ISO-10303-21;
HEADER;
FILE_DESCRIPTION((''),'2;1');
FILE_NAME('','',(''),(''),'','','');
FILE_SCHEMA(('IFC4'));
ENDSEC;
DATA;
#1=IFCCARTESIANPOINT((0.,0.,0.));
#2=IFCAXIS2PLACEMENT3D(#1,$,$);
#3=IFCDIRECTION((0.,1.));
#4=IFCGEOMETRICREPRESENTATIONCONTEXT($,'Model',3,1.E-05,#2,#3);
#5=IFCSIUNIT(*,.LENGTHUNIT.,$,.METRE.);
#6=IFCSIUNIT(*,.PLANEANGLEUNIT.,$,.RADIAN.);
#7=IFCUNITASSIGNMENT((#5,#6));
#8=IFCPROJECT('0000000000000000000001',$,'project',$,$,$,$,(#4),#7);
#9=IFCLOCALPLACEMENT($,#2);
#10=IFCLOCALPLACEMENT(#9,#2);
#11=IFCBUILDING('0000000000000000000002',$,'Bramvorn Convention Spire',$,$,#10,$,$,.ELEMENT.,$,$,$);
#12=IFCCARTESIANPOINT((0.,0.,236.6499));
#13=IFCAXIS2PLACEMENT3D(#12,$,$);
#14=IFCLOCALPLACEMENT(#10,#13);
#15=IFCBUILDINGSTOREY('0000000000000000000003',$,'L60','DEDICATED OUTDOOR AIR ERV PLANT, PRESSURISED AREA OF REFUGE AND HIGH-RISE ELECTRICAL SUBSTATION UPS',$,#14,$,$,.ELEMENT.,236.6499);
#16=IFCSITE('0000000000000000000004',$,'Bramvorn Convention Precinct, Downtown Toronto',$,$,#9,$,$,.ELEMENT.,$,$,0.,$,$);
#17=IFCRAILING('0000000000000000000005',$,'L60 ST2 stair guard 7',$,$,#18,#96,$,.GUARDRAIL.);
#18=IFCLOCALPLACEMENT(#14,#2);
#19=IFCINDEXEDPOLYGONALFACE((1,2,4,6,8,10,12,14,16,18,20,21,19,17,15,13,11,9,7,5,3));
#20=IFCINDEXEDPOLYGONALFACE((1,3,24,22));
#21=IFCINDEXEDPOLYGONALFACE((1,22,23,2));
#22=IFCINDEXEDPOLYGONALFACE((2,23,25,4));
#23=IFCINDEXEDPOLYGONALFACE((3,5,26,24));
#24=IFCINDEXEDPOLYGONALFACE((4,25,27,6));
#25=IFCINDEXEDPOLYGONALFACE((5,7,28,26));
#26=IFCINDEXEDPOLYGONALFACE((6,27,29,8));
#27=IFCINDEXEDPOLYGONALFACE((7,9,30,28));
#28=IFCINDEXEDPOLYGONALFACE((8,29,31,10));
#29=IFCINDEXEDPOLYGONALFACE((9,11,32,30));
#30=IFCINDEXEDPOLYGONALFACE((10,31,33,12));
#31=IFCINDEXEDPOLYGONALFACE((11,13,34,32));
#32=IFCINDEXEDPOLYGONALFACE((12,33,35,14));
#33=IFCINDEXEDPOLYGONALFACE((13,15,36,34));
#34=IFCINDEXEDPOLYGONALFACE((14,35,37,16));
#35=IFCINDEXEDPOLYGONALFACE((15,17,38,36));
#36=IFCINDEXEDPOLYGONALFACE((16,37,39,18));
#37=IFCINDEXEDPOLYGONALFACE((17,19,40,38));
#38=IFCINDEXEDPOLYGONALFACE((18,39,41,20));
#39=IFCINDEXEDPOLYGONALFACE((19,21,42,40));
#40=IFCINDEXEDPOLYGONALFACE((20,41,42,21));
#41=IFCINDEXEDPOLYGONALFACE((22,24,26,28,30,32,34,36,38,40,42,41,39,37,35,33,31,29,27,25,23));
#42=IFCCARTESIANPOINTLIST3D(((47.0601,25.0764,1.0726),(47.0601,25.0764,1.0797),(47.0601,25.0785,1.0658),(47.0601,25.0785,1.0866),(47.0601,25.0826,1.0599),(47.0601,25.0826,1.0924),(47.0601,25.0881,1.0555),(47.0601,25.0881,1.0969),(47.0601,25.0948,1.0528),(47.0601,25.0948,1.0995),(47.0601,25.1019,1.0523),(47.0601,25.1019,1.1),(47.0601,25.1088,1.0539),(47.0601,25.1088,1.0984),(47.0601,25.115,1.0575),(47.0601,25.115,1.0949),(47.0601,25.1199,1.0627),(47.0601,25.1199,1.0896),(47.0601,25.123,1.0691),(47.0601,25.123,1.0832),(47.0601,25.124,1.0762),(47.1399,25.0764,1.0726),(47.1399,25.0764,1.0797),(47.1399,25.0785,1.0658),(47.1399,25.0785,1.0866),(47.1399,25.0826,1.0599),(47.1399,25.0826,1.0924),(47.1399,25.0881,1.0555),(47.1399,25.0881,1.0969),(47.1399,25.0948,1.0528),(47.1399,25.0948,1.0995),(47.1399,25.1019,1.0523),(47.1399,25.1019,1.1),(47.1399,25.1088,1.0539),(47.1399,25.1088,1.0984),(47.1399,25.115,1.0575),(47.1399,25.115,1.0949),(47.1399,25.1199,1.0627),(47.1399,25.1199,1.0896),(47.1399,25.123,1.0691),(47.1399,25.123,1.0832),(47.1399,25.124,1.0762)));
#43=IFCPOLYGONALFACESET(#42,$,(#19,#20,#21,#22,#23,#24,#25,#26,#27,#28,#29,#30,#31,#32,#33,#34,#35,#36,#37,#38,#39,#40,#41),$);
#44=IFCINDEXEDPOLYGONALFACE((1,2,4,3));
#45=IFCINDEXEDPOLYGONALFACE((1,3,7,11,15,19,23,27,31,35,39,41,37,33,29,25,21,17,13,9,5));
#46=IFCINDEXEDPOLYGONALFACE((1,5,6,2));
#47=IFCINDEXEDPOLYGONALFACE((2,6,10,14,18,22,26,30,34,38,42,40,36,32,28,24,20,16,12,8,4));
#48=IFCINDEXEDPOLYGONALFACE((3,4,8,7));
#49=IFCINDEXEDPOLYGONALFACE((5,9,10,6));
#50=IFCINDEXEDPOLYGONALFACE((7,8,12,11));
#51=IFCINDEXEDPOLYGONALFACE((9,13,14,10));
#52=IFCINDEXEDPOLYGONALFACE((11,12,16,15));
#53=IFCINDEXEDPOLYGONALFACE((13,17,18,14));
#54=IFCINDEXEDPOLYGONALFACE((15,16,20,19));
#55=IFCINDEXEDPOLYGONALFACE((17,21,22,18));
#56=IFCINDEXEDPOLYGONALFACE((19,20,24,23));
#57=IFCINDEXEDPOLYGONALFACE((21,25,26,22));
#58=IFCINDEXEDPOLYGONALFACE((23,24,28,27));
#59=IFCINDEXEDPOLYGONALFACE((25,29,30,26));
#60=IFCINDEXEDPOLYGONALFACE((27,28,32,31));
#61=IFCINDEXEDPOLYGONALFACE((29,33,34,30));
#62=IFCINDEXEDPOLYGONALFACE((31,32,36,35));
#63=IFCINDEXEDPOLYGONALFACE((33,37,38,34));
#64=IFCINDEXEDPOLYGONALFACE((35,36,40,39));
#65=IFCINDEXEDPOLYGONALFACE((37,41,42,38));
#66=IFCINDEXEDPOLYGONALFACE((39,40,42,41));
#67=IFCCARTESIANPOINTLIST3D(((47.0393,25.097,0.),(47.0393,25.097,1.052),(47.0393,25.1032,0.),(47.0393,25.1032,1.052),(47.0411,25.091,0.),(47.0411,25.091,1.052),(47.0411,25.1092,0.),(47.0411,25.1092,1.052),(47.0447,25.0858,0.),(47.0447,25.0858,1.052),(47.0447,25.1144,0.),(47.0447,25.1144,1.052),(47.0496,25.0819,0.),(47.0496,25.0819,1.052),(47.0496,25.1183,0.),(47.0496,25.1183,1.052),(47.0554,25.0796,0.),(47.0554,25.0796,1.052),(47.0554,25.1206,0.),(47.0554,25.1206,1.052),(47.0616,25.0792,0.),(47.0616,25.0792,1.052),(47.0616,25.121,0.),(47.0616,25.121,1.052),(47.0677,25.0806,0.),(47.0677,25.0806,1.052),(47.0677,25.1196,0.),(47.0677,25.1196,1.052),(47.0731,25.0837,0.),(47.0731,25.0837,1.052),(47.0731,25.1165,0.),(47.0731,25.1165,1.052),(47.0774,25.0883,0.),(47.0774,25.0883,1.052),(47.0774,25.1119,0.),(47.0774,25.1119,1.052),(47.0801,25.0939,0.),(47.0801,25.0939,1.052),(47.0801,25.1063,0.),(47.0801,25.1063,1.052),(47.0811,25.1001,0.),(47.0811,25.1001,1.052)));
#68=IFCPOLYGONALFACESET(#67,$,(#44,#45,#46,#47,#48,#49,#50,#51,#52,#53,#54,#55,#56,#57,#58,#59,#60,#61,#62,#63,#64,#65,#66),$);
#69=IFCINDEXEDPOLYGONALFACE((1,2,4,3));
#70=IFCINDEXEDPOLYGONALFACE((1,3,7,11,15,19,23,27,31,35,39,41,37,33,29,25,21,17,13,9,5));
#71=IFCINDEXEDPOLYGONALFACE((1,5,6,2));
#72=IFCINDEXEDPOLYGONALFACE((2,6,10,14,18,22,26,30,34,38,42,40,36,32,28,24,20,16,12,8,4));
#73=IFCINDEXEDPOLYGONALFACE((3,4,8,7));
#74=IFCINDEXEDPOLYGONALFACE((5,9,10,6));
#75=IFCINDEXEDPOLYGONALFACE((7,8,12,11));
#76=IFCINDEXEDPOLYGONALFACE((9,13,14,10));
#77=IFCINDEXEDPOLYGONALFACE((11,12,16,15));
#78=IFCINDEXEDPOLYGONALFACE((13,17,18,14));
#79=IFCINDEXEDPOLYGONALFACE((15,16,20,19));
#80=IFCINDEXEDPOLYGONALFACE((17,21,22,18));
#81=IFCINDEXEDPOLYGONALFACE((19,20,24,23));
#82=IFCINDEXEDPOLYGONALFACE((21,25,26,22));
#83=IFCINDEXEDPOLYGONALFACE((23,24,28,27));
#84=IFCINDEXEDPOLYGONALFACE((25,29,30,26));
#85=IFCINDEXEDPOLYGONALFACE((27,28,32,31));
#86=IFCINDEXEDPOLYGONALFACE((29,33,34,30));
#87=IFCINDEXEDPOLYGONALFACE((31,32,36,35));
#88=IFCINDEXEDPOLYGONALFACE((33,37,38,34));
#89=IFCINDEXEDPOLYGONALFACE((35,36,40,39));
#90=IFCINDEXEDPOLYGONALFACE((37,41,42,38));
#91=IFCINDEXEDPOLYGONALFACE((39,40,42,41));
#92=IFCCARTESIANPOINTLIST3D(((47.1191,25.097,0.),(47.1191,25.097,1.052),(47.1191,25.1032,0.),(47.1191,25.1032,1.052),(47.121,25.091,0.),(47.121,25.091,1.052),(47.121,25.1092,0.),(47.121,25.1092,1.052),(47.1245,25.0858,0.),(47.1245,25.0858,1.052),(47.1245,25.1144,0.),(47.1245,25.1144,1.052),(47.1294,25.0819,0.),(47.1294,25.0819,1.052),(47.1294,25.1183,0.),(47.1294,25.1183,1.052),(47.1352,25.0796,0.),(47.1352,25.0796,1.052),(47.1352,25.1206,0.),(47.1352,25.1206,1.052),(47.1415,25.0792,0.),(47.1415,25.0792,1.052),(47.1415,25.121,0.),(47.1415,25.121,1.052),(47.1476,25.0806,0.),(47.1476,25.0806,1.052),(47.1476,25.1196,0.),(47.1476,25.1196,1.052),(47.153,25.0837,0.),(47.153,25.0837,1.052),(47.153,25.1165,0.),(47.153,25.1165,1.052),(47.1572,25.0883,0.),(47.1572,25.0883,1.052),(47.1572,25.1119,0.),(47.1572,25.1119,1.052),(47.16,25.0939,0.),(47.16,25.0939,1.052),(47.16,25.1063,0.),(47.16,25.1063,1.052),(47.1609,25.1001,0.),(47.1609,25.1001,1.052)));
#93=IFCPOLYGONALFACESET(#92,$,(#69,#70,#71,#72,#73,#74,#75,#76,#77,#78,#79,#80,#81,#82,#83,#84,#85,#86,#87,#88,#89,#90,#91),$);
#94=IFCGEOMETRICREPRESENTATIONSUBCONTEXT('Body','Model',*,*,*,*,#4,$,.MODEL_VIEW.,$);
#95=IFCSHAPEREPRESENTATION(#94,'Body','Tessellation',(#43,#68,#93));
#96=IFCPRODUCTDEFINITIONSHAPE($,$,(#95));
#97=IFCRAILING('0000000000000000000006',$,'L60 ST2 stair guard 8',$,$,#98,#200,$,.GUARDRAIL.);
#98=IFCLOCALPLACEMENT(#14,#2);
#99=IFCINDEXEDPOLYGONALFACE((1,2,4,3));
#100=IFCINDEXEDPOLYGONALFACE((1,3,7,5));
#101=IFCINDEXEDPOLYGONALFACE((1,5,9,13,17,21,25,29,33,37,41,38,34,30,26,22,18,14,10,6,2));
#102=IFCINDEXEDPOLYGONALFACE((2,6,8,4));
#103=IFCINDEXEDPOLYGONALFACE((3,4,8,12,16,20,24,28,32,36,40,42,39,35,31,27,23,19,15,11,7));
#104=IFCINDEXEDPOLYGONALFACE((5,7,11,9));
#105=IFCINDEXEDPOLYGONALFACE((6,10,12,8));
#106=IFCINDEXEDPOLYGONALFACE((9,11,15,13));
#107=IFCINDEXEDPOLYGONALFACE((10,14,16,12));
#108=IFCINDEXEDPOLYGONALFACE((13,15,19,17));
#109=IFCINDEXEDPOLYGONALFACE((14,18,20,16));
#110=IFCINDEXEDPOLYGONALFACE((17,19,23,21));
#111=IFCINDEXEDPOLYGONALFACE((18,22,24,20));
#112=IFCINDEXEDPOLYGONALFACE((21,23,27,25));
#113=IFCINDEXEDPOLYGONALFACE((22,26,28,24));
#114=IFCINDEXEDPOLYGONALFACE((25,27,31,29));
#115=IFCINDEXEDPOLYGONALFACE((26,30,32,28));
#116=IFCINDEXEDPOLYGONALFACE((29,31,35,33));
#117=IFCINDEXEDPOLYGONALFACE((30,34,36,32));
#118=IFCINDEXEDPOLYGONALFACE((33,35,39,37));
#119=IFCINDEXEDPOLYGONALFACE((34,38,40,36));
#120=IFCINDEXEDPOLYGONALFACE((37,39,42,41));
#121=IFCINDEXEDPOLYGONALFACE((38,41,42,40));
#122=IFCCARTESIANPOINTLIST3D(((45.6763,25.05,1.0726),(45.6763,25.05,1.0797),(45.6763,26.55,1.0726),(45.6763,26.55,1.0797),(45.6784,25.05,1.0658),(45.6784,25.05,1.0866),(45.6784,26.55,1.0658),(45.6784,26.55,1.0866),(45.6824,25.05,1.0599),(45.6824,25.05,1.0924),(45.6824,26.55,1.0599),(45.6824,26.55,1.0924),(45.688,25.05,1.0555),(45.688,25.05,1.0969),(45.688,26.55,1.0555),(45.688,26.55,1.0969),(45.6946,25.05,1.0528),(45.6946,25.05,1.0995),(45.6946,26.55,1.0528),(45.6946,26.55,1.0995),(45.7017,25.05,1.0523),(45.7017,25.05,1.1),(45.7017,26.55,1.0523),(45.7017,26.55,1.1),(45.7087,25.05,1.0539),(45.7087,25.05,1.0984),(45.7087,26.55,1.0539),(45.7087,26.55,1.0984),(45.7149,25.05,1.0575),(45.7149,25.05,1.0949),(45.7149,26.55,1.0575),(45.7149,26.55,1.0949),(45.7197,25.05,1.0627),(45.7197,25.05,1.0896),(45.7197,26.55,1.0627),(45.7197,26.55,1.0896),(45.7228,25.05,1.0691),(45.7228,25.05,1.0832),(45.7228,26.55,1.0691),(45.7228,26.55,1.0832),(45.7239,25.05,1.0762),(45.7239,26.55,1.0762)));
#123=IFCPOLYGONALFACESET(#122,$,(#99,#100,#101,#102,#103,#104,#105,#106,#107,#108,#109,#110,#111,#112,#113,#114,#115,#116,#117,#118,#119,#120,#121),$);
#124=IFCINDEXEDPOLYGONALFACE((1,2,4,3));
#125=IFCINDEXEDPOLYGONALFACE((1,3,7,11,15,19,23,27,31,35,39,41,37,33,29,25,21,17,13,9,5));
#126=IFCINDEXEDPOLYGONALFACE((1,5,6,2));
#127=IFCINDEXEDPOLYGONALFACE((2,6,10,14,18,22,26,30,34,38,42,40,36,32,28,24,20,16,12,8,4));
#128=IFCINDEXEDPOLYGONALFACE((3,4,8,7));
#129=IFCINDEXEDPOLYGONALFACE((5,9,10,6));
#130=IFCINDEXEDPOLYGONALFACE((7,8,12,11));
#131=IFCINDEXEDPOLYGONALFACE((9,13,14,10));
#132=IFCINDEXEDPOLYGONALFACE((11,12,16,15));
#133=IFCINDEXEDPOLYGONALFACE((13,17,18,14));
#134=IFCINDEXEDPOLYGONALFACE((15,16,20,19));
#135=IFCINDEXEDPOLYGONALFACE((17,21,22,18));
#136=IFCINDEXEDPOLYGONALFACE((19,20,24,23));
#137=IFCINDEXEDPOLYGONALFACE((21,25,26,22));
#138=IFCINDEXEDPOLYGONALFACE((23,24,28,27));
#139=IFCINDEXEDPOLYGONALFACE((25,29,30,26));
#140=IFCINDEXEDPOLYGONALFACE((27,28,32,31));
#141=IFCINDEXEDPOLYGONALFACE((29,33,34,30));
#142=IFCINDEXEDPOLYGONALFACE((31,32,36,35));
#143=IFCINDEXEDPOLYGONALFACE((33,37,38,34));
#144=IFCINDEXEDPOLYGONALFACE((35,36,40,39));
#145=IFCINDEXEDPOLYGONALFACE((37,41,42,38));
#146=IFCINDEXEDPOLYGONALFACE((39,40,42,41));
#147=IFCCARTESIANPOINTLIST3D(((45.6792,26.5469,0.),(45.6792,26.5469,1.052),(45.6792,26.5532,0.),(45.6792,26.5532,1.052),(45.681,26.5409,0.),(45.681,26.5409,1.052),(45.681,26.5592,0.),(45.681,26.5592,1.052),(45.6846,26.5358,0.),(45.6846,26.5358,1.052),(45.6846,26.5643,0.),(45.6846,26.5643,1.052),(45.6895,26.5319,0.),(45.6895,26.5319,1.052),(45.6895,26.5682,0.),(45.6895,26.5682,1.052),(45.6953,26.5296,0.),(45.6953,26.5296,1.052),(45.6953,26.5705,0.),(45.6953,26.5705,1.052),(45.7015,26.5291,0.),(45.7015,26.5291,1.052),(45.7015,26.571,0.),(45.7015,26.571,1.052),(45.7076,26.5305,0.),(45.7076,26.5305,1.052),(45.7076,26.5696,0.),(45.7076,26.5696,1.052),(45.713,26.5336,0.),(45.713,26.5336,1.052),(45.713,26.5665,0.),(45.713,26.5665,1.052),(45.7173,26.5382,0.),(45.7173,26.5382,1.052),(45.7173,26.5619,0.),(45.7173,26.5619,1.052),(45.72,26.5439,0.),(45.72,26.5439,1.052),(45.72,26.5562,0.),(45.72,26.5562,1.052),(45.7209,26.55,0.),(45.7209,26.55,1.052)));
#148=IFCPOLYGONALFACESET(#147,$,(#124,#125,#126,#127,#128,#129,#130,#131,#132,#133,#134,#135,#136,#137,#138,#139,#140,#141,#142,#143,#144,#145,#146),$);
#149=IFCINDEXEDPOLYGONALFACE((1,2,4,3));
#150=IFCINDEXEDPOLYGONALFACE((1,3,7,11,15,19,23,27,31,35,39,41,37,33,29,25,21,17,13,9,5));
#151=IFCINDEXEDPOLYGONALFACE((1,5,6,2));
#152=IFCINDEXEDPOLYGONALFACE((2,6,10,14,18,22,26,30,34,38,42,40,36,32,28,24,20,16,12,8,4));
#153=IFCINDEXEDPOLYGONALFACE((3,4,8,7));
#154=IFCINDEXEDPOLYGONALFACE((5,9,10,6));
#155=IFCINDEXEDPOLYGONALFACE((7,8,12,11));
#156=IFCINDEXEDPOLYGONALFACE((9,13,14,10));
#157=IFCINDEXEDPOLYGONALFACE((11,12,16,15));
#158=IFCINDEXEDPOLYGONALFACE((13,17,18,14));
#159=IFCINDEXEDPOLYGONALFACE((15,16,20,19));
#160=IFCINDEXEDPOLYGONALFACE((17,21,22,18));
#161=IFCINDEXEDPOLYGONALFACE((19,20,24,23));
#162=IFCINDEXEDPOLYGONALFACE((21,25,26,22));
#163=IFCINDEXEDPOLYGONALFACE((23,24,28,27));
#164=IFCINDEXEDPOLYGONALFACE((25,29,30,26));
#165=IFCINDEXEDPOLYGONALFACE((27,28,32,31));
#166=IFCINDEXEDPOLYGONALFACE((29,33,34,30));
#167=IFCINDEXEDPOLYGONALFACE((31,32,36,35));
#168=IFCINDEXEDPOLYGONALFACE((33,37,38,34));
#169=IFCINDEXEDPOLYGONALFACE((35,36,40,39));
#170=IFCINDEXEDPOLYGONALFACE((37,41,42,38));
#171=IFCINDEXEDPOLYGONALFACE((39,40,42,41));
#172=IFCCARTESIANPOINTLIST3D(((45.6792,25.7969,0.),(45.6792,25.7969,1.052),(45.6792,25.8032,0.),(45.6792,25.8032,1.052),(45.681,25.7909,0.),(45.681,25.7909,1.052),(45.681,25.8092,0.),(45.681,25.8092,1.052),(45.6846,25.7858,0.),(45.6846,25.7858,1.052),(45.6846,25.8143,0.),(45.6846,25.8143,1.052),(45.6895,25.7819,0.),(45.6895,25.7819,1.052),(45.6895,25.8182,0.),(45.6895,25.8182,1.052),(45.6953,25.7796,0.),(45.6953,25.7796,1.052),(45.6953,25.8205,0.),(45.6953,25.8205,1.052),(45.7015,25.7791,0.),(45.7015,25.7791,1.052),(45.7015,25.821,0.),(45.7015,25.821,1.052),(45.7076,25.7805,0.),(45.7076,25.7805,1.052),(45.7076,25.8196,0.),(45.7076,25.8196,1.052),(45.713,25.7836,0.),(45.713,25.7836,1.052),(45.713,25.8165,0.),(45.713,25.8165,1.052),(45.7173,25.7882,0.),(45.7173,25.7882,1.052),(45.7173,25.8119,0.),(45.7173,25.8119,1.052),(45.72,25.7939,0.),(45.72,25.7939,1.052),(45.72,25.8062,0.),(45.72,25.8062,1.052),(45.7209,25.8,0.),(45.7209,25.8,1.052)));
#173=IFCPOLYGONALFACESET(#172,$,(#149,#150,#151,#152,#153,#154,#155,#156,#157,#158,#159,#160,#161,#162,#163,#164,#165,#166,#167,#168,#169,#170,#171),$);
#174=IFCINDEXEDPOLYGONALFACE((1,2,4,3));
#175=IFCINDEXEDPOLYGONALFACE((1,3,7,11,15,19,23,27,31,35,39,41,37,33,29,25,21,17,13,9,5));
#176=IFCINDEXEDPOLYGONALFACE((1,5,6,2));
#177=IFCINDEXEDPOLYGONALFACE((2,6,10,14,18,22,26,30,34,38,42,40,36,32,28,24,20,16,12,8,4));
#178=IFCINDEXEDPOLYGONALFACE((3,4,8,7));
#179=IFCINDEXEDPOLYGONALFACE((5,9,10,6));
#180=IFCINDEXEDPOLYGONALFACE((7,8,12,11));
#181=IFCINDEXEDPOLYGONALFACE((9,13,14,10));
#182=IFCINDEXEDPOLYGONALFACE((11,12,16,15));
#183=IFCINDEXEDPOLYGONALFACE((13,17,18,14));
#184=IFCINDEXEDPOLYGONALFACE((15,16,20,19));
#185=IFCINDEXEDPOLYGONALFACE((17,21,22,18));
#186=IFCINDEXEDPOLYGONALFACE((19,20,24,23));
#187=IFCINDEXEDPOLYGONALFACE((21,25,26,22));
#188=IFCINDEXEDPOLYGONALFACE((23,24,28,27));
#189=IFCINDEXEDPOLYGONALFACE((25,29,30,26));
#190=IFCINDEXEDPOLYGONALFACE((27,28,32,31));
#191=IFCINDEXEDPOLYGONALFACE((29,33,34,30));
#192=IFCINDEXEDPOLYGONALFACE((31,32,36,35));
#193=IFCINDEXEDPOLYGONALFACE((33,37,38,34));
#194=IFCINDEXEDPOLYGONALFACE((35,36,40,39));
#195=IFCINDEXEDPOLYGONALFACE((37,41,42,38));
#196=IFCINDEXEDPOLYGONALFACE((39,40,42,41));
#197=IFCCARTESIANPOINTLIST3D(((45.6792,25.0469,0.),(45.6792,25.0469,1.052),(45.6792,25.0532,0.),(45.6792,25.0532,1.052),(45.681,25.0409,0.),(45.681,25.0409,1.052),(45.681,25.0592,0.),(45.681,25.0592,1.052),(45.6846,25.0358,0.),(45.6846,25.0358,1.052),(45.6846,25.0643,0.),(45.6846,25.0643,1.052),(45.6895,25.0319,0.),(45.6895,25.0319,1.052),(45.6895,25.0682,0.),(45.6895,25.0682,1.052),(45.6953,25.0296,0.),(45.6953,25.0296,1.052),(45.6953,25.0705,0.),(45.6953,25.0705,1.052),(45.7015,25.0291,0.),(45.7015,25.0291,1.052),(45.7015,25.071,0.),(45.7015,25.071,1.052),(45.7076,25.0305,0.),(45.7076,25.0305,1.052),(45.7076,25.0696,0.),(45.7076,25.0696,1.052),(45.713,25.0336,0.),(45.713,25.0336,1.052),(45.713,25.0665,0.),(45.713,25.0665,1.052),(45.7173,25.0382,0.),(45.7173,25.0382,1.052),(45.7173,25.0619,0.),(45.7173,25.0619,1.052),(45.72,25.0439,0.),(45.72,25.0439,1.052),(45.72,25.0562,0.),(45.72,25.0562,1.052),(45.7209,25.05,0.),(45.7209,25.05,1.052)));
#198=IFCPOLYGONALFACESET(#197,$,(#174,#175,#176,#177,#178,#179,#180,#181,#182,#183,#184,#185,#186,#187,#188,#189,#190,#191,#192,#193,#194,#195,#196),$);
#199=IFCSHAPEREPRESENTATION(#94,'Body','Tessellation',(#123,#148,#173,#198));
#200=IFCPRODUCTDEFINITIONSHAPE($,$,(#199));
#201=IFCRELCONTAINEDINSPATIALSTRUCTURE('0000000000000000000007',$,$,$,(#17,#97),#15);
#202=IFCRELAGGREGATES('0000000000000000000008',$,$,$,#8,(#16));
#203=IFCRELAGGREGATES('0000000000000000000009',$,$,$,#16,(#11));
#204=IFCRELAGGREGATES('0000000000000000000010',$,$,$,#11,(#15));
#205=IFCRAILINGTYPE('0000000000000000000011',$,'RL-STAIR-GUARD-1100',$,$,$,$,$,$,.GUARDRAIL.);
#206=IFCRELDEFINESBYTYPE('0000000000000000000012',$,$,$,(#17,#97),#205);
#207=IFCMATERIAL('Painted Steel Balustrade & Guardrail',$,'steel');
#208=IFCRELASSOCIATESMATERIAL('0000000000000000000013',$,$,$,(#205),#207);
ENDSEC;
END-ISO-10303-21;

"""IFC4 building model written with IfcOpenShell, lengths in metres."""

from ifc_helpers import new_model, si_unit, direction, frame, origin, origin_2d, place, context, subcontext, project, spatial, circle, extrude, material, type_object, element, save


model = new_model("IFC4")

# Units and contexts
model_context = context("Model", 3, precision=1e-05, world=origin(), true_north=direction((0.0, 1.0)))
body_context = subcontext(model_context, "Body", "Model", "MODEL_VIEW")
ifc_project = project(units=[si_unit("LENGTHUNIT", "METRE"), si_unit("PLANEANGLEUNIT", "RADIAN")], contexts=[model_context])

# Site, building, storey
site_placement = place(None, origin())
site = spatial("IfcSite", under=ifc_project, at=site_placement, Name="Bramvorn Convention Precinct, Downtown Toronto", CompositionType="ELEMENT", RefElevation=0.0)
building_placement = place(site_placement, origin())
building = spatial("IfcBuilding", under=site, at=building_placement, Name="Bramvorn Convention Spire", CompositionType="ELEMENT")
storey_placement = place(building_placement, frame((0.0, 0.0, 236.6499)))
storey = spatial("IfcBuildingStorey", under=building, at=storey_placement, Name="L60", Description="DEDICATED OUTDOOR AIR ERV PLANT, PRESSURISED AREA OF REFUGE AND HIGH-RISE ELECTRICAL SUBSTATION UPS", CompositionType="ELEMENT", Elevation=236.6499)

# Railings
ifc_material_1 = material(Name="Painted Steel Balustrade & Guardrail", Category="steel")
railing_type_1 = type_object("IfcRailingType", Name="RL-STAIR-GUARD-1100", PredefinedType="GUARDRAIL", material=ifc_material_1)
railing_1_placement = place(storey_placement, frame((47.0601, 25.1001, 0.0)))
element("IfcRailing", 1, at=railing_1_placement, inside=storey, type_object=railing_type_1, Name="L60 ST2 stair guard 7", PredefinedType="GUARDRAIL", context=body_context, shape_type="SweptSolid", body=[
    extrude(circle(Radius=0.0239, at=origin_2d()), frame((0.0, 0.0, 1.0762), z_axis=(1.0, 0.0, 0.0), x_axis=(0.0, 1.0, 0.0)), (0.0, 0.0, 1.0), 0.0798),
    extrude(circle(Radius=0.021, at=origin_2d()), origin(), (0.0, 0.0, 1.0), 1.052),
    extrude(circle(Radius=0.021, at=origin_2d()), frame((0.0798, 0.0, 0.0)), (0.0, 0.0, 1.0), 1.052),
])
for number, where, name in (
    (2, (45.7, 26.55, 0.0), "L60 ST2 stair guard 8"),
):
    element("IfcRailing", number, at=place(storey_placement, frame(where)), inside=storey, type_object=railing_type_1, Name=name, PredefinedType="GUARDRAIL", context=body_context, shape_type="SweptSolid", body=[
        extrude(circle(Radius=0.0239, at=origin_2d()), frame((0.0, 0.0, 1.0762), z_axis=(0.0, -1.0, 0.0), x_axis=(1.0, 0.0, 0.0)), (0.0, 0.0, 1.0), 1.5),
        extrude(circle(Radius=0.021, at=origin_2d()), origin(), (0.0, 0.0, 1.0), 1.052),
        extrude(circle(Radius=0.021, at=origin_2d()), frame((0.0, -0.75, 0.0)), (0.0, 0.0, 1.0), 1.052),
        extrude(circle(Radius=0.021, at=origin_2d()), frame((0.0, -1.5, 0.0)), (0.0, 0.0, 1.0), 1.052),
    ])

save(model, "model.ifc")
